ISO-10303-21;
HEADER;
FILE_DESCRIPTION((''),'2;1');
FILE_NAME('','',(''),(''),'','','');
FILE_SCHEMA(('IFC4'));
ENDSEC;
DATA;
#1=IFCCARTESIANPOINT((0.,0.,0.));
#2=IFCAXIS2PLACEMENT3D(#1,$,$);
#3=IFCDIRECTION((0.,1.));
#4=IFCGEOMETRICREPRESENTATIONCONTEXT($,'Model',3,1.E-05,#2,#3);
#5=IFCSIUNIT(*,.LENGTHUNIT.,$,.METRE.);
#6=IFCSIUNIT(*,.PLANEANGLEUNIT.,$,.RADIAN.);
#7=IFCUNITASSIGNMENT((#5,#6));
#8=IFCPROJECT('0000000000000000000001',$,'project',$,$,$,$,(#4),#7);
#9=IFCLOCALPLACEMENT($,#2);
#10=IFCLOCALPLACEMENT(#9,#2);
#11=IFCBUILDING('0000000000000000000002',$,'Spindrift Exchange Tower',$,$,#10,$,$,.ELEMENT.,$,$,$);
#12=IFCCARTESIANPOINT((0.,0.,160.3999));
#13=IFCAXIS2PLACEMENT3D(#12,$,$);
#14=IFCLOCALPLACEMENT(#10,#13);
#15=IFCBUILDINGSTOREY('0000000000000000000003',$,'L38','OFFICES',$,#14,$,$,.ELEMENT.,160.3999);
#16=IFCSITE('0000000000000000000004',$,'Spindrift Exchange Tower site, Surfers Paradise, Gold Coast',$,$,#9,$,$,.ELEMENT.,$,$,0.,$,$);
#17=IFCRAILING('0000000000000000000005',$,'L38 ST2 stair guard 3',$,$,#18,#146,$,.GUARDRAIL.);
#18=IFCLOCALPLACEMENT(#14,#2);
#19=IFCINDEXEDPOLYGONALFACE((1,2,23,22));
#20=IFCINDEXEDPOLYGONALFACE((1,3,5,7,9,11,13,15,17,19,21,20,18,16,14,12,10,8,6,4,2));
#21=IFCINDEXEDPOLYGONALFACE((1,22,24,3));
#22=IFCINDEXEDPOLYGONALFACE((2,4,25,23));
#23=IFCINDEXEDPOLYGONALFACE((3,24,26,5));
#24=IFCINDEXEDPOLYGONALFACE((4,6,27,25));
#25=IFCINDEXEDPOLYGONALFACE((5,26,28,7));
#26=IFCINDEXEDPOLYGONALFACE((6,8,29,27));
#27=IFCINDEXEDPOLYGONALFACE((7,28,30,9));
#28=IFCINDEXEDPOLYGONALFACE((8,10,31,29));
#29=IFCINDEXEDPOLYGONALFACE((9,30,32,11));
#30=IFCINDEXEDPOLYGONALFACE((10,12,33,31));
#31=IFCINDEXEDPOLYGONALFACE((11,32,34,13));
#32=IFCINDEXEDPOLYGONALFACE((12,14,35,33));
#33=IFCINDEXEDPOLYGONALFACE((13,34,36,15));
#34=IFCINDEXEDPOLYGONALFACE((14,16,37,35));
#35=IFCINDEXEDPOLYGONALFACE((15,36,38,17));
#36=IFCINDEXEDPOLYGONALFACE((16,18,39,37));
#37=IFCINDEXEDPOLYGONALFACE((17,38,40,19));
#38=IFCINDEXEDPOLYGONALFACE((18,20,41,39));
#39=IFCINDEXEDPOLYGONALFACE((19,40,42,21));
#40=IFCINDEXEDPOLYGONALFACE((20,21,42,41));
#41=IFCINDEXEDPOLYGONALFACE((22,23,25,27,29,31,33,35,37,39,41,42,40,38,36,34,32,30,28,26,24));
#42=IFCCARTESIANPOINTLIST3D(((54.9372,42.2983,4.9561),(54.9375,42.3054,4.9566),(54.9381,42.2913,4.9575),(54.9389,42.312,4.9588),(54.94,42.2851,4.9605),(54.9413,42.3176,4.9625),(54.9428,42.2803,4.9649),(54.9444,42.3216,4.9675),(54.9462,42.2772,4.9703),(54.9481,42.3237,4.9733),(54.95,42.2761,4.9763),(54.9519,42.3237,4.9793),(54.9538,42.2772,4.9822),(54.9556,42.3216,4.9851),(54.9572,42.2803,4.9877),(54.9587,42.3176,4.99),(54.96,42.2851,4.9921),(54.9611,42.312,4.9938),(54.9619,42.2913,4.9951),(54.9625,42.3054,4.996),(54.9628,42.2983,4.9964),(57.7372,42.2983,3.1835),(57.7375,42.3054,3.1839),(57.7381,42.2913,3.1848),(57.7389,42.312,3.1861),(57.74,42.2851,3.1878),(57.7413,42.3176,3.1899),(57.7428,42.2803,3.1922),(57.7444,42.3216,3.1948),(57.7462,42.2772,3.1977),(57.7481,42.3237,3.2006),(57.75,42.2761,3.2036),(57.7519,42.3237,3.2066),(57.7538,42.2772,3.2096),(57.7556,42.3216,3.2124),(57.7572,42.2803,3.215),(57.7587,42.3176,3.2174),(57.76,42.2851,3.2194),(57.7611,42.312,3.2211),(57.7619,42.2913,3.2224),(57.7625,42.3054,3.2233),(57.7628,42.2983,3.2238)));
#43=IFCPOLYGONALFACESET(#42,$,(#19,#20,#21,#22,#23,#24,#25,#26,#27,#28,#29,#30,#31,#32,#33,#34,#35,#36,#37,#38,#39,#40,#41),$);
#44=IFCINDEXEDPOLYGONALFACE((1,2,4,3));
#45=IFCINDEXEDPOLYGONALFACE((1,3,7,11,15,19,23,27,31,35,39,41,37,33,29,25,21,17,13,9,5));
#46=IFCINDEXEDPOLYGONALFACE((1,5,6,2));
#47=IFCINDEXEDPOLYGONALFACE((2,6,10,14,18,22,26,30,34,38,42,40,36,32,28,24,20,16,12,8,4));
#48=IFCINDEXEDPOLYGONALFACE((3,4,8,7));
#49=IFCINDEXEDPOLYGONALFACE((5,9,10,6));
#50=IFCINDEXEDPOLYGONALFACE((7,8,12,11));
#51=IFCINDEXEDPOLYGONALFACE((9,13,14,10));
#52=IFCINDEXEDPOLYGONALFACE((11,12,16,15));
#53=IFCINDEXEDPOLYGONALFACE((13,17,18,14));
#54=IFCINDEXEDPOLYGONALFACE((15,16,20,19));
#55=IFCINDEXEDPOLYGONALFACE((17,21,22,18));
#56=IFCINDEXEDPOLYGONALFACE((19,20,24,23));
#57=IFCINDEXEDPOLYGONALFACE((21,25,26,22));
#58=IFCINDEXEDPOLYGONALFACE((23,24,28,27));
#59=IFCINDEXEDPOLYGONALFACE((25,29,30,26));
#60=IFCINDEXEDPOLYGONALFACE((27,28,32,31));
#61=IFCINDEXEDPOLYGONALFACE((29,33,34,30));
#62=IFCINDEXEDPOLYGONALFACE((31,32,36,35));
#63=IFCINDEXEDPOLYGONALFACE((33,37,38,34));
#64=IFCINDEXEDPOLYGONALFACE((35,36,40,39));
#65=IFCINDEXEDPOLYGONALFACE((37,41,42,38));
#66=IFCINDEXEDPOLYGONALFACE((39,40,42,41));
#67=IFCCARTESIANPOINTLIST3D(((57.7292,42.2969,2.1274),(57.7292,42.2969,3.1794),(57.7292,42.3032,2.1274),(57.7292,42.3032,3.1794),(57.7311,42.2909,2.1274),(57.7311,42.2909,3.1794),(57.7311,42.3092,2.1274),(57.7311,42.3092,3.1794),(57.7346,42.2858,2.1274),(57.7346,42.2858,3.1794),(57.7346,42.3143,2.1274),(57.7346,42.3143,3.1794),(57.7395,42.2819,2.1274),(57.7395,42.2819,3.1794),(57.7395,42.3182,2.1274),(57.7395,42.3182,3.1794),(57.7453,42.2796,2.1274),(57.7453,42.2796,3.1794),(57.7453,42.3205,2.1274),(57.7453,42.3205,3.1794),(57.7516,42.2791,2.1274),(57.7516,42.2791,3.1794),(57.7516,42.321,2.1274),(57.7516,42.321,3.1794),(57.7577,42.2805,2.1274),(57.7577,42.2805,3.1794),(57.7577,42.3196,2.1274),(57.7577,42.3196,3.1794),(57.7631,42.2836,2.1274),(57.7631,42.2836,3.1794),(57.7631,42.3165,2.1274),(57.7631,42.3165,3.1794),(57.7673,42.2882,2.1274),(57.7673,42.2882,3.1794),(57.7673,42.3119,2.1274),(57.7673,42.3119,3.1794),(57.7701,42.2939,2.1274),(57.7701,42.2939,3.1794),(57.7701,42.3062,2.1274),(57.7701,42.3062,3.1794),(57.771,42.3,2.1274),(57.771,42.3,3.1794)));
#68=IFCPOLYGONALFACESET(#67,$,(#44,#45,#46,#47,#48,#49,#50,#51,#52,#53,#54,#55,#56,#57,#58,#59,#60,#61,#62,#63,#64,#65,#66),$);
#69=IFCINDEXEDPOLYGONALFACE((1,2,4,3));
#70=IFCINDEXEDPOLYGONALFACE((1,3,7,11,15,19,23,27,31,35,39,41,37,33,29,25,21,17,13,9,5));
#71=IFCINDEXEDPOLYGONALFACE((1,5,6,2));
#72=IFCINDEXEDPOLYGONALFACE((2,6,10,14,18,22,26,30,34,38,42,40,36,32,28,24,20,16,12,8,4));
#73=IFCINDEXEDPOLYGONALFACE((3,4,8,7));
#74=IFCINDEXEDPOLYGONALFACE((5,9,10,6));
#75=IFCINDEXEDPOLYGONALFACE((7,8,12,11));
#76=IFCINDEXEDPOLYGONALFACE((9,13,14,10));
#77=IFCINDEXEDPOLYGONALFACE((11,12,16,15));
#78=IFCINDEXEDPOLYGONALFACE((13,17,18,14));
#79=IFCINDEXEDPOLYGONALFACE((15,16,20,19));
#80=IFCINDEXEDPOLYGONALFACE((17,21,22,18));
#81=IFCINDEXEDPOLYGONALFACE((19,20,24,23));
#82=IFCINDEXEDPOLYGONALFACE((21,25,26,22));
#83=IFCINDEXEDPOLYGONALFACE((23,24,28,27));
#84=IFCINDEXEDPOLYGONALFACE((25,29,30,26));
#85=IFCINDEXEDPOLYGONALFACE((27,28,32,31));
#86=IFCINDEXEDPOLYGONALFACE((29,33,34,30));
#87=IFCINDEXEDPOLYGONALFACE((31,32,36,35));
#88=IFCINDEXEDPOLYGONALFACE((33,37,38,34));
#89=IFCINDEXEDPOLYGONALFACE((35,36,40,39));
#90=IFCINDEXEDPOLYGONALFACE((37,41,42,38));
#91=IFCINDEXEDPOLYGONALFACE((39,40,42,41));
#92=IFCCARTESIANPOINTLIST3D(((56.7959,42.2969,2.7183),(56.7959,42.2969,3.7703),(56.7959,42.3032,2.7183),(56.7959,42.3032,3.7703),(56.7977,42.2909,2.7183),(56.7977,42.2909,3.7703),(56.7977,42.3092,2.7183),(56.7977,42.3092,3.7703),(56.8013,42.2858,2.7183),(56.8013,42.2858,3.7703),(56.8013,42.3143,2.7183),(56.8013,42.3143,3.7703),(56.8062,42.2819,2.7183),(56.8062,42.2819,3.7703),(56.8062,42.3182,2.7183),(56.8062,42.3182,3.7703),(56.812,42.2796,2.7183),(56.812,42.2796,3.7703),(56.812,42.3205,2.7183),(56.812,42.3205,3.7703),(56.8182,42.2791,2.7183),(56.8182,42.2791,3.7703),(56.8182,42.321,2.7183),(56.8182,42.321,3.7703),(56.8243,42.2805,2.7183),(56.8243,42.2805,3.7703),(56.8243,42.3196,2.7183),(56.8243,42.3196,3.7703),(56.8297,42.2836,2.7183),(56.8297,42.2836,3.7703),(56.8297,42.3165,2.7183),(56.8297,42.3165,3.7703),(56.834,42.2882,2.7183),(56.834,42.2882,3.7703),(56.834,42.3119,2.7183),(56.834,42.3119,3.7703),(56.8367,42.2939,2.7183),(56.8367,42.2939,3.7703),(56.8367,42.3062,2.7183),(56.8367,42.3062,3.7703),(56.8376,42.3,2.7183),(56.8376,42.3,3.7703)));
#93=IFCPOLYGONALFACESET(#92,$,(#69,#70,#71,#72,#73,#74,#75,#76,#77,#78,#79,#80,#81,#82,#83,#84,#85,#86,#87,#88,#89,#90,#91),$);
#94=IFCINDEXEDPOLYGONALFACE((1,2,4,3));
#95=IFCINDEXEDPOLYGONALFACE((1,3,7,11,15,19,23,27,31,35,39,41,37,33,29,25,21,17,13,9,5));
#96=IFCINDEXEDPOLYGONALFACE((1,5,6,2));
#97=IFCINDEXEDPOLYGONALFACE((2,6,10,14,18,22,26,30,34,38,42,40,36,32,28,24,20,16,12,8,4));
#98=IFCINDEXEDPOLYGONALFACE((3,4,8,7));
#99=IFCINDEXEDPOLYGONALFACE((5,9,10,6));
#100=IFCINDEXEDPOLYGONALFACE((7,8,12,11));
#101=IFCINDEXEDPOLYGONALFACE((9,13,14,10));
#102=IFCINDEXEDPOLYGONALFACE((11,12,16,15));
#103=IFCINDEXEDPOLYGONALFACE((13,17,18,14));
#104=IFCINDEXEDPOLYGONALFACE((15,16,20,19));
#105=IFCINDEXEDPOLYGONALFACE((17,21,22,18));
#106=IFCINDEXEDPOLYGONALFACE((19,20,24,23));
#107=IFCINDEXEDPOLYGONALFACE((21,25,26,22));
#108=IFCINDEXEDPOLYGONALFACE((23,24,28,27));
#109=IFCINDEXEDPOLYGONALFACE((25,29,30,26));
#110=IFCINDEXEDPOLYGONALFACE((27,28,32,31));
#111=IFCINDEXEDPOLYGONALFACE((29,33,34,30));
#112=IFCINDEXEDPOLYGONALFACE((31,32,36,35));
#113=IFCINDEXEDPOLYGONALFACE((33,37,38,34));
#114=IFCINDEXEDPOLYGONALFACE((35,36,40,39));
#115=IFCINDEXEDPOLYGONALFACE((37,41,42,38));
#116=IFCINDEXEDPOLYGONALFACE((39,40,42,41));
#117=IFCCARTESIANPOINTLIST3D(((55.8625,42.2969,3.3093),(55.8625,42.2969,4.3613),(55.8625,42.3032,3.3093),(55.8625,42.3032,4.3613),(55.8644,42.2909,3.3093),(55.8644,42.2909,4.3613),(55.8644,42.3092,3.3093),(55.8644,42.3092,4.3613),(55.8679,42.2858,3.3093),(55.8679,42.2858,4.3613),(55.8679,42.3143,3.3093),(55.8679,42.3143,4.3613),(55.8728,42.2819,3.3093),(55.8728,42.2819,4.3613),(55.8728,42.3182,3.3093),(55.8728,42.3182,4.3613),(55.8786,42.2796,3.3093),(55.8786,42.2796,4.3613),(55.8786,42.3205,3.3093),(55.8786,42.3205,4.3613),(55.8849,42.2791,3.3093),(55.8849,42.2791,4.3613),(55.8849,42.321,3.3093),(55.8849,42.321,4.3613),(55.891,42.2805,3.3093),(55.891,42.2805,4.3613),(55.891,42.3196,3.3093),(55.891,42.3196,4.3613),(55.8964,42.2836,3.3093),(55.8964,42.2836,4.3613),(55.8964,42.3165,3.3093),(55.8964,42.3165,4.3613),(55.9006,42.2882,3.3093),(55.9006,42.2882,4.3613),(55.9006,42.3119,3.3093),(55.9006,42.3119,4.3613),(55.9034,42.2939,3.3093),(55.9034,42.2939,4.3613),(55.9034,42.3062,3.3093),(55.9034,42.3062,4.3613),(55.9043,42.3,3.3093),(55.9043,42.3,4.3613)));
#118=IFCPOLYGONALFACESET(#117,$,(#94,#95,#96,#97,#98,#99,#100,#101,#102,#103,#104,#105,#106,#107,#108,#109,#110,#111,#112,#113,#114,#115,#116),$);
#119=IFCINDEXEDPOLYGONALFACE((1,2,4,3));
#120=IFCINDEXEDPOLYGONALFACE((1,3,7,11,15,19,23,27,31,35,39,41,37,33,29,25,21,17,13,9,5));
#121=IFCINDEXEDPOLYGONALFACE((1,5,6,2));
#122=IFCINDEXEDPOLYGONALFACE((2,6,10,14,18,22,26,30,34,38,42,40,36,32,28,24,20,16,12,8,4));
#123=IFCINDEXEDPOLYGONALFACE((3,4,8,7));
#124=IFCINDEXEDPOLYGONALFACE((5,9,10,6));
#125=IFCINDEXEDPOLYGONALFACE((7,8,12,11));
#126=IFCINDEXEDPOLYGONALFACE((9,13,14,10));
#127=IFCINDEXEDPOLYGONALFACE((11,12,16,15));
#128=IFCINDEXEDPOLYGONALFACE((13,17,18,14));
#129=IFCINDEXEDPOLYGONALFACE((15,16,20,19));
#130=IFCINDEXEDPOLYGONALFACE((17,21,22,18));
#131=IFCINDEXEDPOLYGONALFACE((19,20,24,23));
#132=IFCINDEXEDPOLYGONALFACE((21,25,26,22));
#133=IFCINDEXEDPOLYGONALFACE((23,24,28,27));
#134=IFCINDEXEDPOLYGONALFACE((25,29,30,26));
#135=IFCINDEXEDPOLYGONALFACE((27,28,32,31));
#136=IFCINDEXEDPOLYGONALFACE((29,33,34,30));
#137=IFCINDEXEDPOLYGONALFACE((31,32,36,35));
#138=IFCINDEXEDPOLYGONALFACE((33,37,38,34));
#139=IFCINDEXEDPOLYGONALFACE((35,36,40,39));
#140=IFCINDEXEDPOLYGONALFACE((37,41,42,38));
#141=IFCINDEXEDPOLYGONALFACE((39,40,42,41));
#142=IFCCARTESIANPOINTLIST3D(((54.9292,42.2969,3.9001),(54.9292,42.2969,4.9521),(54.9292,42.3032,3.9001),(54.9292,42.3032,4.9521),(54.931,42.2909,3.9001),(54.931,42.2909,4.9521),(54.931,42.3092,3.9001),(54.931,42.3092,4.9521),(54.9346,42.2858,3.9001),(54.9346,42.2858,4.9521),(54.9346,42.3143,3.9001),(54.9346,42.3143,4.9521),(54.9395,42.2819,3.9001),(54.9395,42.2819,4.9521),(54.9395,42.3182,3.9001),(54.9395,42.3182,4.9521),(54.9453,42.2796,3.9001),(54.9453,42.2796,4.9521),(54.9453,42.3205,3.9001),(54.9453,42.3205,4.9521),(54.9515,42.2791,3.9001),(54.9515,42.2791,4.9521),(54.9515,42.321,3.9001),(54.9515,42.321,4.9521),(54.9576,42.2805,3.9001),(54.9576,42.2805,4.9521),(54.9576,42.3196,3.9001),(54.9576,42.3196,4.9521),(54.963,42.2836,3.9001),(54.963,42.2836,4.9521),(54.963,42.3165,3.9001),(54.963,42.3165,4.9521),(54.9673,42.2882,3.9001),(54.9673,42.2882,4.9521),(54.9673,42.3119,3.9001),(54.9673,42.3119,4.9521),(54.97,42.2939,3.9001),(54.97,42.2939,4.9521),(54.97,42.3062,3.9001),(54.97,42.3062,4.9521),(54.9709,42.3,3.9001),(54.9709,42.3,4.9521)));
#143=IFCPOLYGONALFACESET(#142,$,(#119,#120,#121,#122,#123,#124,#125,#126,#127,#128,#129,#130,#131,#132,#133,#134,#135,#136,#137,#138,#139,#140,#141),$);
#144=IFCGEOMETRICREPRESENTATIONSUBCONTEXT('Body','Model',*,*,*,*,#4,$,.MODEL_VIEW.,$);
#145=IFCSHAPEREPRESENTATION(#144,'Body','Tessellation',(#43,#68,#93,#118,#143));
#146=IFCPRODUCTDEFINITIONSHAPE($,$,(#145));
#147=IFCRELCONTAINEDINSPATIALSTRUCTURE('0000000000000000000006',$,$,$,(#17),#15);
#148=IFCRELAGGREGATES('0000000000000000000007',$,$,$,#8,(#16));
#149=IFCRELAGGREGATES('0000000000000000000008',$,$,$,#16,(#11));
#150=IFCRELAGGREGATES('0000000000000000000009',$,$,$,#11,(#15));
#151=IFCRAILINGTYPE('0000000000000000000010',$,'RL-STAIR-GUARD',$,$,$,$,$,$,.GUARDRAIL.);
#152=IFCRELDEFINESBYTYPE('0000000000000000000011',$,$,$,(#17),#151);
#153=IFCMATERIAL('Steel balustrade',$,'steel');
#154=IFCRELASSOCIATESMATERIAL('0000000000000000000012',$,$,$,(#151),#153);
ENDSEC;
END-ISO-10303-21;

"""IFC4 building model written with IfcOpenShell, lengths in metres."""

from ifc_helpers import new_model, si_unit, direction, frame, origin, origin_2d, place, context, subcontext, project, spatial, circle, extrude, material, type_object, element, save


model = new_model("IFC4")

# Units and contexts
model_context = context("Model", 3, precision=1e-05, world=origin(), true_north=direction((0.0, 1.0)))
body_context = subcontext(model_context, "Body", "Model", "MODEL_VIEW")
ifc_project = project(units=[si_unit("LENGTHUNIT", "METRE"), si_unit("PLANEANGLEUNIT", "RADIAN")], contexts=[model_context])

# Site, building, storey
site_placement = place(None, origin())
site = spatial("IfcSite", under=ifc_project, at=site_placement, Name="Spindrift Exchange Tower site, Surfers Paradise, Gold Coast", CompositionType="ELEMENT", RefElevation=0.0)
building_placement = place(site_placement, origin())
building = spatial("IfcBuilding", under=site, at=building_placement, Name="Spindrift Exchange Tower", CompositionType="ELEMENT")
storey_placement = place(building_placement, frame((0.0, 0.0, 160.3999)))
storey = spatial("IfcBuildingStorey", under=building, at=storey_placement, Name="L38", Description="OFFICES", CompositionType="ELEMENT", Elevation=160.3999)

# Railing
ifc_material_1 = material(Name="Steel balustrade", Category="steel")
railing_type_1 = type_object("IfcRailingType", Name="RL-STAIR-GUARD", PredefinedType="GUARDRAIL", material=ifc_material_1)
railing_1_placement = place(storey_placement, frame((57.75, 42.3, 2.1274)))
element("IfcRailing", 1, at=railing_1_placement, inside=storey, type_object=railing_type_1, Name="L38 ST2 stair guard 3", PredefinedType="GUARDRAIL", context=body_context, shape_type="SweptSolid", body=[
    extrude(circle(Radius=0.0239, at=origin_2d()), frame((0.0, 0.0, 1.0762), z_axis=(-0.844909, 0.0, 0.53491), x_axis=(0.0, -1.0, 0.0)), (0.0, 0.0, 1.0), 3.314),
    extrude(circle(Radius=0.021, at=origin_2d()), origin(), (0.0, 0.0, 1.0), 1.052),
    extrude(circle(Radius=0.021, at=origin_2d()), frame((-0.9333, 0.0, 0.5908)), (0.0, 0.0, 1.0), 1.052),
    extrude(circle(Radius=0.021, at=origin_2d()), frame((-1.8667, 0.0, 1.1819)), (0.0, 0.0, 1.0), 1.052),
    extrude(circle(Radius=0.021, at=origin_2d()), frame((-2.8, 0.0, 1.7727)), (0.0, 0.0, 1.0), 1.052),
])

save(model, "model.ifc")
